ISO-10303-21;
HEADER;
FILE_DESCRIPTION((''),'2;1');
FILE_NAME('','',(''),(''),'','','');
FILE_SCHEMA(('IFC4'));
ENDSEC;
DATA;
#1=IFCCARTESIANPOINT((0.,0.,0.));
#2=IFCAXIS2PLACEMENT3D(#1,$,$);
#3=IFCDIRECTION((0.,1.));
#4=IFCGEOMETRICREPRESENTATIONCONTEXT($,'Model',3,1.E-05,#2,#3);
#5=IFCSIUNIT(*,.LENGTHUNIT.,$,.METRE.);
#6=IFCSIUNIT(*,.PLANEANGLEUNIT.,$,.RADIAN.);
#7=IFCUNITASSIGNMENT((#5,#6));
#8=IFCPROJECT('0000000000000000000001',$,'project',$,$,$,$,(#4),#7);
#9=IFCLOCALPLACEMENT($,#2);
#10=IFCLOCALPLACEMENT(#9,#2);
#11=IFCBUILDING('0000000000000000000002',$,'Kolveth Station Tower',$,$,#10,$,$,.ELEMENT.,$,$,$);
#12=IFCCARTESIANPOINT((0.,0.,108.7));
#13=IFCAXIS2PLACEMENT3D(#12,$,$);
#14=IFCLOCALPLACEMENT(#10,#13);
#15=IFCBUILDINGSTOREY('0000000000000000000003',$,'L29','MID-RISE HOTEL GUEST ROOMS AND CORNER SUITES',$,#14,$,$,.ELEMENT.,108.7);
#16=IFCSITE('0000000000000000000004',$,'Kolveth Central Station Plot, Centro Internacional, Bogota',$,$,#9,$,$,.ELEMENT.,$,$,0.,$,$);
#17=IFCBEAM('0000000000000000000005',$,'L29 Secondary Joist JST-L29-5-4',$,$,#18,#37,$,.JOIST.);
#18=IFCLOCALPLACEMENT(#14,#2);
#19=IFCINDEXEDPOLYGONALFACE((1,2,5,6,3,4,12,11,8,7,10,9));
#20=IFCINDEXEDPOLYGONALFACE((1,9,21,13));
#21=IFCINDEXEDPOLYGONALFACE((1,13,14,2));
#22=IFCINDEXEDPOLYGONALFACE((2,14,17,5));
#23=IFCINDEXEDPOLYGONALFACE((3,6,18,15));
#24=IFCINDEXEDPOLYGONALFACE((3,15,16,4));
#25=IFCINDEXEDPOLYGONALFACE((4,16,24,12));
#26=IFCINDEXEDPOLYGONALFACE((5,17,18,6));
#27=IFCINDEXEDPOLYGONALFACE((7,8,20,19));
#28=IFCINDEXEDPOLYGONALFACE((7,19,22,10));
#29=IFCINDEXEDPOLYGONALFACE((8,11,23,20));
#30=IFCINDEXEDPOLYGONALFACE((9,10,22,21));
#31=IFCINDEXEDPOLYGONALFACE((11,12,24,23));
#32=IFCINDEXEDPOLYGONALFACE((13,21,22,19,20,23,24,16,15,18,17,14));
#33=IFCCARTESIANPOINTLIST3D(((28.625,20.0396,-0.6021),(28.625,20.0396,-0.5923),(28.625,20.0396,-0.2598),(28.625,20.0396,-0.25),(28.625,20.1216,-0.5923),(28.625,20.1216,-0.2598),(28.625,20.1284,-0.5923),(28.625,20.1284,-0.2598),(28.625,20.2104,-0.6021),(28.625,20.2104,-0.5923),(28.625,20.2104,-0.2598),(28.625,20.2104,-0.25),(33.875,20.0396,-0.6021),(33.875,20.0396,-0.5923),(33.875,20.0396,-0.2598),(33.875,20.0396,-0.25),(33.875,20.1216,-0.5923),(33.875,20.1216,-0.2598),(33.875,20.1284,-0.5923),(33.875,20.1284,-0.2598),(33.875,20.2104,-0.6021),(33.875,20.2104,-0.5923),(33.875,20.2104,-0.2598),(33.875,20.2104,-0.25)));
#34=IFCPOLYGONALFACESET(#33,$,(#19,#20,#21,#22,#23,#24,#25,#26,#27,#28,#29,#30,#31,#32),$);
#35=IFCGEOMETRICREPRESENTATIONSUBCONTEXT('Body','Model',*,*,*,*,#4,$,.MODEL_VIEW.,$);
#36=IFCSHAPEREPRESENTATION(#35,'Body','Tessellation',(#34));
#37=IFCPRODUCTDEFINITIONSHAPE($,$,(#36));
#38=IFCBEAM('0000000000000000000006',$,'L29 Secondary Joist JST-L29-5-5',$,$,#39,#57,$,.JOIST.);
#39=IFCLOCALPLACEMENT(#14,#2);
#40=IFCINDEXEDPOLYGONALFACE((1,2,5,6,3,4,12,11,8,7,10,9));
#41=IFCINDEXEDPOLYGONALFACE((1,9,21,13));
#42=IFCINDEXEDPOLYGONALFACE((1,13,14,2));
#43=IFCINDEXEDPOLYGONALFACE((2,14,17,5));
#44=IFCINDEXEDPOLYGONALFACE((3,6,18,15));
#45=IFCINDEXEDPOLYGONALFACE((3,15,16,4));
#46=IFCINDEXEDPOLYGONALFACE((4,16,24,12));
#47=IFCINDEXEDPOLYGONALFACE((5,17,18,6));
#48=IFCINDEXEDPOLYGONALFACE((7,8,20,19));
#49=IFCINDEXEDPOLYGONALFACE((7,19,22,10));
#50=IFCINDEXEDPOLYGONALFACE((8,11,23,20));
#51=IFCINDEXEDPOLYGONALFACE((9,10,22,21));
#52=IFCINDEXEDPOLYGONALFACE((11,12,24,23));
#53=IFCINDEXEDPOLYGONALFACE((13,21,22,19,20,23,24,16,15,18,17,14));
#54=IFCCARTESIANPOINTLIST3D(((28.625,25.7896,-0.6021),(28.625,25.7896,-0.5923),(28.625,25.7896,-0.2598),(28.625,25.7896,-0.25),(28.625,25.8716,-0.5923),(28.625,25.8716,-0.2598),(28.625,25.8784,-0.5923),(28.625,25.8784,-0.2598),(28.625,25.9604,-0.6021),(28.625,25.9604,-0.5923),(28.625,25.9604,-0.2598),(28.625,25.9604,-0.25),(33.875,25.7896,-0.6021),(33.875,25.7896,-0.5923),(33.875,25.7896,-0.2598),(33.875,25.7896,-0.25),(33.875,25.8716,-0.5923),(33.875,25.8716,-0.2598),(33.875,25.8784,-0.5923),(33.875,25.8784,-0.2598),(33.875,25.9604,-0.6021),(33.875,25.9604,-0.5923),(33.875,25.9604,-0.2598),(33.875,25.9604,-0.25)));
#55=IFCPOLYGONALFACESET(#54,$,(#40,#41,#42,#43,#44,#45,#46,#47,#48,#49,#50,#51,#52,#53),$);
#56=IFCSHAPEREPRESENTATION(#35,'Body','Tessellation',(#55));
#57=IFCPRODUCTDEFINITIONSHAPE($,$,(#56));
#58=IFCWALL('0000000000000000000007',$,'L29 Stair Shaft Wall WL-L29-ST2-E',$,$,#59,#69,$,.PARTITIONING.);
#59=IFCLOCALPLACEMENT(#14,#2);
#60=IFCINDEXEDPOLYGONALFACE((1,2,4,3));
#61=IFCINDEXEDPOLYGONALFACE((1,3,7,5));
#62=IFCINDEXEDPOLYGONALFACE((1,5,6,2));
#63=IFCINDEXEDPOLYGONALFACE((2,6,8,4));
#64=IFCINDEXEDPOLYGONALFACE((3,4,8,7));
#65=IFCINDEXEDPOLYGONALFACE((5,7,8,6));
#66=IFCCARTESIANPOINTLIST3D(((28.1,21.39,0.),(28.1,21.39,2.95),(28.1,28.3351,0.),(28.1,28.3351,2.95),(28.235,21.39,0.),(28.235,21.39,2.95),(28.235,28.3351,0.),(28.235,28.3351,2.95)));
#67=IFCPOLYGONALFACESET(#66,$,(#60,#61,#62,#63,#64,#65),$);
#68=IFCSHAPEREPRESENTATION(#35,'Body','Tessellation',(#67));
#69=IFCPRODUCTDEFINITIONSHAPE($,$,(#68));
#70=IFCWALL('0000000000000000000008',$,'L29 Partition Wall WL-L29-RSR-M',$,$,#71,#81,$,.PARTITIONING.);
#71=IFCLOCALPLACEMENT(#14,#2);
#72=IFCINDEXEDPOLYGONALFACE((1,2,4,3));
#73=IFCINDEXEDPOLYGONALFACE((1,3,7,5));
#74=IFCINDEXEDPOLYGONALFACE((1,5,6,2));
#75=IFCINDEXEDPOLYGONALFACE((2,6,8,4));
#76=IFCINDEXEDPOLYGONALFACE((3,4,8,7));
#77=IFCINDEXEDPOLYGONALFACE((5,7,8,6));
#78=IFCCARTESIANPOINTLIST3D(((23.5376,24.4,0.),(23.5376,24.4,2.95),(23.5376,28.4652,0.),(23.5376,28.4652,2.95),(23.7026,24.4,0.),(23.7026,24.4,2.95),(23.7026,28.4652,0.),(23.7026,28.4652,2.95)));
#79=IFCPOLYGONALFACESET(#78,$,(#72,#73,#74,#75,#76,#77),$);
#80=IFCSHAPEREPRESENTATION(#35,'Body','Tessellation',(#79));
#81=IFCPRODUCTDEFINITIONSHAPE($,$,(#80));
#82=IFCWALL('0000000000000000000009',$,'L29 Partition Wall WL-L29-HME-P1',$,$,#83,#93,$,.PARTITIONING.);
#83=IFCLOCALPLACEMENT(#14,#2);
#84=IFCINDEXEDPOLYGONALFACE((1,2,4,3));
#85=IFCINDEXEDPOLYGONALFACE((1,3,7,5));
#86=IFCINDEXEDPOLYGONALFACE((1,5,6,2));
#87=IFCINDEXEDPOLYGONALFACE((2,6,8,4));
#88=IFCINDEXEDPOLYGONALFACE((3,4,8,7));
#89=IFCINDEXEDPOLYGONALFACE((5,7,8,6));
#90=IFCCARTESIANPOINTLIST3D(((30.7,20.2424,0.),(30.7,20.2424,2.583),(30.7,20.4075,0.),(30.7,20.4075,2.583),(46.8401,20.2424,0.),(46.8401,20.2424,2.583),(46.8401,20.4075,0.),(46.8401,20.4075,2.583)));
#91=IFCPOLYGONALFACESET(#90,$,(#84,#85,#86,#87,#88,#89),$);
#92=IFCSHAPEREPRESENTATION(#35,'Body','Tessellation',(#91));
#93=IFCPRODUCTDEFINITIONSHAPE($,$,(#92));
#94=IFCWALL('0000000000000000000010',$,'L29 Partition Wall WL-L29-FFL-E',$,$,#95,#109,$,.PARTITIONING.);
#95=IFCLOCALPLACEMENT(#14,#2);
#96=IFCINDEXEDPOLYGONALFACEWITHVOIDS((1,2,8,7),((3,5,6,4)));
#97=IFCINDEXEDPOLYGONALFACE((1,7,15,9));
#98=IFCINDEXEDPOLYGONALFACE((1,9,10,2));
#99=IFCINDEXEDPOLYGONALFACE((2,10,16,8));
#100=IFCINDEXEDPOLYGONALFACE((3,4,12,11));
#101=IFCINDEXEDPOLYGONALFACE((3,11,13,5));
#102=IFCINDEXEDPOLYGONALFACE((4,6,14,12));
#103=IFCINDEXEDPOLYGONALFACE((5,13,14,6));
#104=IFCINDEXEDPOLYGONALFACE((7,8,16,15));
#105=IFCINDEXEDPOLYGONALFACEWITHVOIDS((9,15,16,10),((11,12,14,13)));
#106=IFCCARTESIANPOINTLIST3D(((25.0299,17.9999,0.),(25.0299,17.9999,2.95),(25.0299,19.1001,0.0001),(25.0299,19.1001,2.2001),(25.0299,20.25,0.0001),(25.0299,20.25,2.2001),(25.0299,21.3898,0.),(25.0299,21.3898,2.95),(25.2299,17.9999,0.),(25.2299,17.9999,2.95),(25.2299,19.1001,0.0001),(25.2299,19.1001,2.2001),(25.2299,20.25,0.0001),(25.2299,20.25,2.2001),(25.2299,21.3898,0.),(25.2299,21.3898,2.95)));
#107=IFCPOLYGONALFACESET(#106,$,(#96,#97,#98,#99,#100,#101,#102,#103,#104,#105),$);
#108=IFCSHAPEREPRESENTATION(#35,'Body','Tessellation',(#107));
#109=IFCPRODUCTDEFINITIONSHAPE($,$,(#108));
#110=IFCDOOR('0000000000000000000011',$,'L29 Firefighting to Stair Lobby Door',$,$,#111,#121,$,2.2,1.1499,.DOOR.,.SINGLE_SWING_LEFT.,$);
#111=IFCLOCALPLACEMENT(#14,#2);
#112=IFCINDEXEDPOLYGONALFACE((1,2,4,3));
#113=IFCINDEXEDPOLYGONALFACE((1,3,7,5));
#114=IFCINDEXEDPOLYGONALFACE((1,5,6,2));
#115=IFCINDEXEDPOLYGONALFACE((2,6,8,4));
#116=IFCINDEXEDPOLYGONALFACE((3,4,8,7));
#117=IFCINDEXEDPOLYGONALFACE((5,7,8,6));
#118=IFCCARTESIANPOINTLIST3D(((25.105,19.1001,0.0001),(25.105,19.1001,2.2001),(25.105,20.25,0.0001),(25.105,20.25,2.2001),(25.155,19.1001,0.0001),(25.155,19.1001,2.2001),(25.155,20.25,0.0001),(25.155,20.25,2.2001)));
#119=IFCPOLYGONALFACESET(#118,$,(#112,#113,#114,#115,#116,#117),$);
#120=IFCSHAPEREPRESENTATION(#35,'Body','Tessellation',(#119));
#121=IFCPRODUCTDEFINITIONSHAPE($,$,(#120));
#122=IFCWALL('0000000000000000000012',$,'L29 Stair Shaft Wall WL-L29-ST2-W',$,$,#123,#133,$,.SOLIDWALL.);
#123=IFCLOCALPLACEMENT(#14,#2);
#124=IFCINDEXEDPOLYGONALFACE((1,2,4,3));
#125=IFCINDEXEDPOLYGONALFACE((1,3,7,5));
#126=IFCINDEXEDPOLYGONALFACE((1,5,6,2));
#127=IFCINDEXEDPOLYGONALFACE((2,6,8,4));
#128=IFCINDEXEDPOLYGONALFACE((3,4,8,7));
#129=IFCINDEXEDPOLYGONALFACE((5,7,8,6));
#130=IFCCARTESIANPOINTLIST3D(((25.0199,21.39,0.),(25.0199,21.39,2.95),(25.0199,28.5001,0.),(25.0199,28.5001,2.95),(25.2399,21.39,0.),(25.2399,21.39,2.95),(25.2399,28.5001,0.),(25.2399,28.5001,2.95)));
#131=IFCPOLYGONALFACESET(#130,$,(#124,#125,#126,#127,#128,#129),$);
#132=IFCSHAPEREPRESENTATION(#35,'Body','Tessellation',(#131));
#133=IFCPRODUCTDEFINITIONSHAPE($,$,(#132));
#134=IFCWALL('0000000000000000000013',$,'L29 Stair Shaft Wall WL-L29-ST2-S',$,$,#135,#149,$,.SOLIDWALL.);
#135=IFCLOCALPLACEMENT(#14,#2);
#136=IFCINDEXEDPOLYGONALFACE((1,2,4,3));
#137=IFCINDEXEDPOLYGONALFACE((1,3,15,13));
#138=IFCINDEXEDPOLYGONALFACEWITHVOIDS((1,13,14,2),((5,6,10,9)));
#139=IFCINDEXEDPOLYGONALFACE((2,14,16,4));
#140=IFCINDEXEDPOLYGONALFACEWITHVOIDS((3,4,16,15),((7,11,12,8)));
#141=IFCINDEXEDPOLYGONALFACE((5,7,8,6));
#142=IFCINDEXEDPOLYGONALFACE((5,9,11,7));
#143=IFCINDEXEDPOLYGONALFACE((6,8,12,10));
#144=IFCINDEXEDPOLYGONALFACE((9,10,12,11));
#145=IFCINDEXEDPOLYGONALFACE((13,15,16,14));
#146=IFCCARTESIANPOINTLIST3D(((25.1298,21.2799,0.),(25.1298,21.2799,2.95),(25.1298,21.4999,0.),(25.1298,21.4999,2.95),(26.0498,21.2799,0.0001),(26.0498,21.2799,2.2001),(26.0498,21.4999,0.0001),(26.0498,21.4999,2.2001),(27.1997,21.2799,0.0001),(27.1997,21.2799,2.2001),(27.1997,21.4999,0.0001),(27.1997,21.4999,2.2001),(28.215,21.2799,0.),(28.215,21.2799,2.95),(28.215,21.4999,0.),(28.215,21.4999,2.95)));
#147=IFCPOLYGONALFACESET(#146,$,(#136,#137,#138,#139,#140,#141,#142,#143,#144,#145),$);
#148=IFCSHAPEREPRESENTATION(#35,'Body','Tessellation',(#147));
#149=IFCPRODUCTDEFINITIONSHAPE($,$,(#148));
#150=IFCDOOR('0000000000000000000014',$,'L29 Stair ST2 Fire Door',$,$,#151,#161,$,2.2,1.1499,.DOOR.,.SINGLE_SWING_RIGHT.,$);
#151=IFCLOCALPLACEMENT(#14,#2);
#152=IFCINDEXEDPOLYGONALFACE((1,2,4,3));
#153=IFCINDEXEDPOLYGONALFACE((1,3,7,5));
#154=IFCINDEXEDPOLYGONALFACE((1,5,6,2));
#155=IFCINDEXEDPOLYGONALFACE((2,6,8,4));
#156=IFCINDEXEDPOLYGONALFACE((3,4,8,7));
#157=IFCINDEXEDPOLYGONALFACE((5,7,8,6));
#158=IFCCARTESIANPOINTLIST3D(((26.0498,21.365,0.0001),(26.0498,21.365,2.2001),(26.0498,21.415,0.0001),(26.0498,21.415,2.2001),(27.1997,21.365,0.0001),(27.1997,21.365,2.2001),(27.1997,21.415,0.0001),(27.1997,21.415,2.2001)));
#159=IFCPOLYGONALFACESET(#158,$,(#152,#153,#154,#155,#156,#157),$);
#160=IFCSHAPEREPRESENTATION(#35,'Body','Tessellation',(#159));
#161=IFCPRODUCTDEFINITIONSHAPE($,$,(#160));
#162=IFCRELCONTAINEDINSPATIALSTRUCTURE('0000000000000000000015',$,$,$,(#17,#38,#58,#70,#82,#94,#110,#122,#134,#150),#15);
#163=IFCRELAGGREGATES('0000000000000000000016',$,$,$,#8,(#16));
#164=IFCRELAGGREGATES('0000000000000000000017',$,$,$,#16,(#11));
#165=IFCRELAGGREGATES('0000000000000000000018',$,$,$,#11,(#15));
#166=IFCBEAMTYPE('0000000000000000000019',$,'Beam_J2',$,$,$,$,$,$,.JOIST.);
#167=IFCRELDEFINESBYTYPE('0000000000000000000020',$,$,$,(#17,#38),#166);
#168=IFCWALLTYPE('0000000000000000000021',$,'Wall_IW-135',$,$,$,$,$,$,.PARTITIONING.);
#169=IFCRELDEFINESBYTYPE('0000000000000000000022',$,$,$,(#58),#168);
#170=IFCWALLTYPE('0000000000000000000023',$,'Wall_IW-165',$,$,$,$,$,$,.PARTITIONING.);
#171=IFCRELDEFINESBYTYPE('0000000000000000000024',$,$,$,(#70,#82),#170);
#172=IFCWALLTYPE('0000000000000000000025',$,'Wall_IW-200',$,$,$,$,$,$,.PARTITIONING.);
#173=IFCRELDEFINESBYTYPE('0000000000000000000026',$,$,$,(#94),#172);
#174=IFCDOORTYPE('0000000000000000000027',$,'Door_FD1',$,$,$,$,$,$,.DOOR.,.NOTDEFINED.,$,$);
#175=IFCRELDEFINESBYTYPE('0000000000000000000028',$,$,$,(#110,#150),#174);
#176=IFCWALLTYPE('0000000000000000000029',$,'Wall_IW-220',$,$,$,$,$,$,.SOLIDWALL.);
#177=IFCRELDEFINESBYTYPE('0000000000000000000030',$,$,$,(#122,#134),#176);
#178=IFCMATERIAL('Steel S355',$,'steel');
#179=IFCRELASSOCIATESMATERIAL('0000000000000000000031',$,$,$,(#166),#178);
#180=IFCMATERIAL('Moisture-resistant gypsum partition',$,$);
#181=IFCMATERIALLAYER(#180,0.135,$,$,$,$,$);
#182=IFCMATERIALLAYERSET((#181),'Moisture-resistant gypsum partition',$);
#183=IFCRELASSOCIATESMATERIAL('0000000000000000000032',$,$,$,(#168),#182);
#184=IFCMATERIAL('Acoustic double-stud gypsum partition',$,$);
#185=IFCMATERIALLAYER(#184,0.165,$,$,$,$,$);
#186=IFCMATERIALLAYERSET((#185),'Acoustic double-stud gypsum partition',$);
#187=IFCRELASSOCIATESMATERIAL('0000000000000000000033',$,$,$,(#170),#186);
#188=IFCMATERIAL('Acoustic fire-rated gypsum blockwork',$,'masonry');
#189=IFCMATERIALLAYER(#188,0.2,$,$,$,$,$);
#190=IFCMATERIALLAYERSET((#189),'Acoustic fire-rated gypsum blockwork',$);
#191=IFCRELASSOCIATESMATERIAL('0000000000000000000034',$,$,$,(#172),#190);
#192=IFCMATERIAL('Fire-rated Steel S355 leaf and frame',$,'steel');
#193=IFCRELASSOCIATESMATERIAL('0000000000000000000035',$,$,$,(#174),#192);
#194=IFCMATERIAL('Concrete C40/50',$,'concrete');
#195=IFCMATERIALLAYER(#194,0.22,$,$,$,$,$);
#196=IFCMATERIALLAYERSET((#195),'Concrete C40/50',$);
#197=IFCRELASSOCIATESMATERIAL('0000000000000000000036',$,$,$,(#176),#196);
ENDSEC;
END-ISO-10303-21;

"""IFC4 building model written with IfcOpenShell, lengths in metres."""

from ifc_helpers import new_model, si_unit, direction, frame, frame_2d, origin, origin_2d, place, context, subcontext, project, spatial, rectangle, i_section, extrude, source, transform, mapped, material, layer, layer_set, material_profile, profile_set, type_object, element, fill, save


model = new_model("IFC4")

# Units and contexts
model_context = context("Model", 3, precision=1e-05, world=origin(), true_north=direction((0.0, 1.0)))
body_context = subcontext(model_context, "Body", "Model", "MODEL_VIEW")
ifc_project = project(units=[si_unit("LENGTHUNIT", "METRE"), si_unit("PLANEANGLEUNIT", "RADIAN")], contexts=[model_context])

# Site, building, storey
site_placement = place(None, origin())
site = spatial("IfcSite", under=ifc_project, at=site_placement, Name="Kolveth Central Station Plot, Centro Internacional, Bogota", CompositionType="ELEMENT", RefElevation=0.0)
building_placement = place(site_placement, origin())
building = spatial("IfcBuilding", under=site, at=building_placement, Name="Kolveth Station Tower", CompositionType="ELEMENT")
storey_placement = place(building_placement, frame((0.0, 0.0, 108.7)))
storey = spatial("IfcBuildingStorey", under=building, at=storey_placement, Name="L29", Description="MID-RISE HOTEL GUEST ROOMS AND CORNER SUITES", CompositionType="ELEMENT", Elevation=108.7)

# Shared definitions
ifc_material_1 = material(Name="Steel S355", Category="steel")

# Beams
ifc_material_profile_1 = material_profile(ifc_material_1, i_section(OverallWidth=0.1709, OverallDepth=0.3521, WebThickness=0.0068, FlangeThickness=0.0098, at=origin_2d()), Name="W360x44")
ifc_profile_set_1 = profile_set([ifc_material_profile_1], Name="Steel S355")
beam_type_1 = type_object("IfcBeamType", Name="Beam_J2", PredefinedType="JOIST", material=ifc_profile_set_1)
shared_shape_1 = source(origin(), body_context, "Body", "SweptSolid", [
    extrude(i_section(OverallWidth=0.1709, OverallDepth=0.3521, WebThickness=0.0068, FlangeThickness=0.0098, at=origin_2d()), origin(), (0.0, 0.0, 1.0), 5.25),
])
for number, where, z_axis, x_axis, name in (
    (1, (28.625, 20.125, -0.426), (1.0, 0.0, 0.0), (0.0, 1.0, 0.0), "L29 Secondary Joist JST-L29-5-4"),
    (2, (28.625, 25.875, -0.426), (1.0, 0.0, 0.0), (0.0, 1.0, 0.0), "L29 Secondary Joist JST-L29-5-5"),
):
    element("IfcBeam", number, at=place(storey_placement, frame(where, z_axis=z_axis, x_axis=x_axis)), inside=storey, type_object=beam_type_1, Name=name, PredefinedType="JOIST", context=body_context, shape_type="MappedRepresentation", body=[
        mapped(shared_shape_1, transform((0.0, 0.0, 0.0), x_axis=(1.0, 0.0, 0.0), y_axis=(0.0, 1.0, 0.0), z_axis=(0.0, 0.0, 1.0), scale=1.0)),
    ])

# Walls
ifc_material_2 = material(Name="Moisture-resistant gypsum partition")
ifc_layer_1 = layer(ifc_material_2, 0.135)
ifc_layer_set_1 = layer_set([ifc_layer_1], Name="Moisture-resistant gypsum partition")
wall_type_1 = type_object("IfcWallType", Name="Wall_IW-135", PredefinedType="PARTITIONING", material=ifc_layer_set_1)
wall_1_placement = place(storey_placement, frame((28.1675, 21.3899, 0.0), z_axis=(0.0, 0.0, 1.0), x_axis=(0.0, 1.0, 0.0)))
element("IfcWall", 3, at=wall_1_placement, inside=storey, type_object=wall_type_1, Name="L29 Stair Shaft Wall WL-L29-ST2-E", PredefinedType="PARTITIONING", context=body_context, shape_type="SweptSolid", body=[
    extrude(rectangle(XDim=6.9451, YDim=0.135, at=frame_2d((3.4727, 0.0))), origin(), (0.0, 0.0, 1.0), 2.95),
])
ifc_material_3 = material(Name="Acoustic double-stud gypsum partition")
ifc_layer_2 = layer(ifc_material_3, 0.165)
ifc_layer_set_2 = layer_set([ifc_layer_2], Name="Acoustic double-stud gypsum partition")
wall_type_2 = type_object("IfcWallType", Name="Wall_IW-165", PredefinedType="PARTITIONING", material=ifc_layer_set_2)
wall_2_placement = place(storey_placement, frame((23.6201, 24.3999, 0.0), z_axis=(0.0, 0.0, 1.0), x_axis=(0.0, 1.0, 0.0)))
element("IfcWall", 4, at=wall_2_placement, inside=storey, type_object=wall_type_2, Name="L29 Partition Wall WL-L29-RSR-M", PredefinedType="PARTITIONING", context=body_context, shape_type="SweptSolid", body=[
    extrude(rectangle(XDim=4.0652, YDim=0.165, at=frame_2d((2.0327, 0.0))), origin(), (0.0, 0.0, 1.0), 2.95),
])
wall_3_placement = place(storey_placement, frame((30.7, 20.325, 0.0), z_axis=(0.0, 0.0, 1.0), x_axis=(1.0, 0.0, 0.0)))
element("IfcWall", 5, at=wall_3_placement, inside=storey, type_object=wall_type_2, Name="L29 Partition Wall WL-L29-HME-P1", PredefinedType="PARTITIONING", context=body_context, shape_type="SweptSolid", body=[
    extrude(rectangle(XDim=16.1401, YDim=0.165, at=frame_2d((8.0701, 0.0))), origin(), (0.0, 0.0, 1.0), 2.583),
])

# Wall, opening, door
ifc_material_4 = material(Name="Acoustic fire-rated gypsum blockwork", Category="masonry")
ifc_layer_3 = layer(ifc_material_4, 0.2)
ifc_layer_set_3 = layer_set([ifc_layer_3], Name="Acoustic fire-rated gypsum blockwork")
wall_type_3 = type_object("IfcWallType", Name="Wall_IW-200", PredefinedType="PARTITIONING", material=ifc_layer_set_3)
wall_4_placement = place(storey_placement, frame((25.1299, 18.0, 0.0), z_axis=(0.0, 0.0, 1.0), x_axis=(0.0, 1.0, 0.0)))
wall_4 = element("IfcWall", 6, at=wall_4_placement, inside=storey, type_object=wall_type_3, Name="L29 Partition Wall WL-L29-FFL-E", PredefinedType="PARTITIONING", context=body_context, shape_type="SweptSolid", body=[
    extrude(rectangle(XDim=3.3899, YDim=0.2, at=frame_2d((1.6948, 0.0))), origin(), (0.0, 0.0, 1.0), 2.95),
])
opening_1_placement = place(wall_4_placement, frame((1.1001, 0.0, 0.0)))
opening_1 = element("IfcOpeningElement", 7, at=opening_1_placement, cuts=wall_4, PredefinedType="OPENING", context=body_context, shape_type="SweptSolid", body=[
    extrude(rectangle(XDim=1.1499, YDim=2.2, at=frame_2d((0.575, 1.1001))), frame((0.0, 0.1099, 0.0), z_axis=(0.0, -1.0, 0.0), x_axis=(1.0, 0.0, 0.0)), (0.0, 0.0, 1.0), 0.22),
])
ifc_material_5 = material(Name="Fire-rated Steel S355 leaf and frame", Category="steel")
door_type = type_object("IfcDoorType", Name="Door_FD1", OperationType="NOTDEFINED", PredefinedType="DOOR", material=ifc_material_5)
door_1_placement = place(opening_1_placement, origin())
door_1 = element("IfcDoor", 8, at=door_1_placement, inside=storey, type_object=door_type, Name="L29 Firefighting to Stair Lobby Door", OperationType="SINGLE_SWING_LEFT", OverallHeight=2.2, OverallWidth=1.1499, PredefinedType="DOOR", context=body_context, shape_type="SweptSolid", body=[
    extrude(rectangle(XDim=1.1499, YDim=2.2, at=frame_2d((0.575, 1.1001))), frame((0.0, 0.0249, 0.0), z_axis=(0.0, -1.0, 0.0), x_axis=(1.0, 0.0, 0.0)), (0.0, 0.0, 1.0), 0.05),
])
fill(opening_1, door_1)

# Wall
ifc_material_6 = material(Name="Concrete C40/50", Category="concrete")
ifc_layer_4 = layer(ifc_material_6, 0.22)
ifc_layer_set_4 = layer_set([ifc_layer_4], Name="Concrete C40/50")
wall_type_4 = type_object("IfcWallType", Name="Wall_IW-220", PredefinedType="SOLIDWALL", material=ifc_layer_set_4)
wall_5_placement = place(storey_placement, frame((25.1299, 21.3899, 0.0), z_axis=(0.0, 0.0, 1.0), x_axis=(0.0, 1.0, 0.0)))
element("IfcWall", 9, at=wall_5_placement, inside=storey, type_object=wall_type_4, Name="L29 Stair Shaft Wall WL-L29-ST2-W", PredefinedType="SOLIDWALL", context=body_context, shape_type="SweptSolid", body=[
    extrude(rectangle(XDim=7.1101, YDim=0.22, at=frame_2d((3.5552, 0.0))), origin(), (0.0, 0.0, 1.0), 2.95),
])

# Wall, opening, door
wall_6_placement = place(storey_placement, frame((25.1299, 21.3899, 0.0), z_axis=(0.0, 0.0, 1.0), x_axis=(1.0, 0.0, 0.0)))
wall_6 = element("IfcWall", 10, at=wall_6_placement, inside=storey, type_object=wall_type_4, Name="L29 Stair Shaft Wall WL-L29-ST2-S", PredefinedType="SOLIDWALL", context=body_context, shape_type="SweptSolid", body=[
    extrude(rectangle(XDim=3.0852, YDim=0.22, at=frame_2d((1.5425, 0.0))), origin(), (0.0, 0.0, 1.0), 2.95),
])
opening_2_placement = place(wall_6_placement, frame((0.9199, 0.0, 0.0)))
opening_2 = element("IfcOpeningElement", 11, at=opening_2_placement, cuts=wall_6, PredefinedType="OPENING", context=body_context, shape_type="SweptSolid", body=[
    extrude(rectangle(XDim=1.1499, YDim=2.2, at=frame_2d((0.575, 1.1001))), frame((0.0, 0.1199, 0.0), z_axis=(0.0, -1.0, 0.0), x_axis=(1.0, 0.0, 0.0)), (0.0, 0.0, 1.0), 0.24),
])
door_2_placement = place(opening_2_placement, frame((1.1499, 0.0, 0.0), z_axis=(0.0, 0.0, 1.0), x_axis=(-1.0, 0.0, 0.0)))
door_2 = element("IfcDoor", 12, at=door_2_placement, inside=storey, type_object=door_type, Name="L29 Stair ST2 Fire Door", OperationType="SINGLE_SWING_RIGHT", OverallHeight=2.2, OverallWidth=1.1499, PredefinedType="DOOR", context=body_context, shape_type="SweptSolid", body=[
    extrude(rectangle(XDim=1.1499, YDim=2.2, at=frame_2d((0.575, 1.1001))), frame((0.0, 0.0249, 0.0), z_axis=(0.0, -1.0, 0.0), x_axis=(1.0, 0.0, 0.0)), (0.0, 0.0, 1.0), 0.05),
])
fill(opening_2, door_2)

save(model, "model.ifc")
